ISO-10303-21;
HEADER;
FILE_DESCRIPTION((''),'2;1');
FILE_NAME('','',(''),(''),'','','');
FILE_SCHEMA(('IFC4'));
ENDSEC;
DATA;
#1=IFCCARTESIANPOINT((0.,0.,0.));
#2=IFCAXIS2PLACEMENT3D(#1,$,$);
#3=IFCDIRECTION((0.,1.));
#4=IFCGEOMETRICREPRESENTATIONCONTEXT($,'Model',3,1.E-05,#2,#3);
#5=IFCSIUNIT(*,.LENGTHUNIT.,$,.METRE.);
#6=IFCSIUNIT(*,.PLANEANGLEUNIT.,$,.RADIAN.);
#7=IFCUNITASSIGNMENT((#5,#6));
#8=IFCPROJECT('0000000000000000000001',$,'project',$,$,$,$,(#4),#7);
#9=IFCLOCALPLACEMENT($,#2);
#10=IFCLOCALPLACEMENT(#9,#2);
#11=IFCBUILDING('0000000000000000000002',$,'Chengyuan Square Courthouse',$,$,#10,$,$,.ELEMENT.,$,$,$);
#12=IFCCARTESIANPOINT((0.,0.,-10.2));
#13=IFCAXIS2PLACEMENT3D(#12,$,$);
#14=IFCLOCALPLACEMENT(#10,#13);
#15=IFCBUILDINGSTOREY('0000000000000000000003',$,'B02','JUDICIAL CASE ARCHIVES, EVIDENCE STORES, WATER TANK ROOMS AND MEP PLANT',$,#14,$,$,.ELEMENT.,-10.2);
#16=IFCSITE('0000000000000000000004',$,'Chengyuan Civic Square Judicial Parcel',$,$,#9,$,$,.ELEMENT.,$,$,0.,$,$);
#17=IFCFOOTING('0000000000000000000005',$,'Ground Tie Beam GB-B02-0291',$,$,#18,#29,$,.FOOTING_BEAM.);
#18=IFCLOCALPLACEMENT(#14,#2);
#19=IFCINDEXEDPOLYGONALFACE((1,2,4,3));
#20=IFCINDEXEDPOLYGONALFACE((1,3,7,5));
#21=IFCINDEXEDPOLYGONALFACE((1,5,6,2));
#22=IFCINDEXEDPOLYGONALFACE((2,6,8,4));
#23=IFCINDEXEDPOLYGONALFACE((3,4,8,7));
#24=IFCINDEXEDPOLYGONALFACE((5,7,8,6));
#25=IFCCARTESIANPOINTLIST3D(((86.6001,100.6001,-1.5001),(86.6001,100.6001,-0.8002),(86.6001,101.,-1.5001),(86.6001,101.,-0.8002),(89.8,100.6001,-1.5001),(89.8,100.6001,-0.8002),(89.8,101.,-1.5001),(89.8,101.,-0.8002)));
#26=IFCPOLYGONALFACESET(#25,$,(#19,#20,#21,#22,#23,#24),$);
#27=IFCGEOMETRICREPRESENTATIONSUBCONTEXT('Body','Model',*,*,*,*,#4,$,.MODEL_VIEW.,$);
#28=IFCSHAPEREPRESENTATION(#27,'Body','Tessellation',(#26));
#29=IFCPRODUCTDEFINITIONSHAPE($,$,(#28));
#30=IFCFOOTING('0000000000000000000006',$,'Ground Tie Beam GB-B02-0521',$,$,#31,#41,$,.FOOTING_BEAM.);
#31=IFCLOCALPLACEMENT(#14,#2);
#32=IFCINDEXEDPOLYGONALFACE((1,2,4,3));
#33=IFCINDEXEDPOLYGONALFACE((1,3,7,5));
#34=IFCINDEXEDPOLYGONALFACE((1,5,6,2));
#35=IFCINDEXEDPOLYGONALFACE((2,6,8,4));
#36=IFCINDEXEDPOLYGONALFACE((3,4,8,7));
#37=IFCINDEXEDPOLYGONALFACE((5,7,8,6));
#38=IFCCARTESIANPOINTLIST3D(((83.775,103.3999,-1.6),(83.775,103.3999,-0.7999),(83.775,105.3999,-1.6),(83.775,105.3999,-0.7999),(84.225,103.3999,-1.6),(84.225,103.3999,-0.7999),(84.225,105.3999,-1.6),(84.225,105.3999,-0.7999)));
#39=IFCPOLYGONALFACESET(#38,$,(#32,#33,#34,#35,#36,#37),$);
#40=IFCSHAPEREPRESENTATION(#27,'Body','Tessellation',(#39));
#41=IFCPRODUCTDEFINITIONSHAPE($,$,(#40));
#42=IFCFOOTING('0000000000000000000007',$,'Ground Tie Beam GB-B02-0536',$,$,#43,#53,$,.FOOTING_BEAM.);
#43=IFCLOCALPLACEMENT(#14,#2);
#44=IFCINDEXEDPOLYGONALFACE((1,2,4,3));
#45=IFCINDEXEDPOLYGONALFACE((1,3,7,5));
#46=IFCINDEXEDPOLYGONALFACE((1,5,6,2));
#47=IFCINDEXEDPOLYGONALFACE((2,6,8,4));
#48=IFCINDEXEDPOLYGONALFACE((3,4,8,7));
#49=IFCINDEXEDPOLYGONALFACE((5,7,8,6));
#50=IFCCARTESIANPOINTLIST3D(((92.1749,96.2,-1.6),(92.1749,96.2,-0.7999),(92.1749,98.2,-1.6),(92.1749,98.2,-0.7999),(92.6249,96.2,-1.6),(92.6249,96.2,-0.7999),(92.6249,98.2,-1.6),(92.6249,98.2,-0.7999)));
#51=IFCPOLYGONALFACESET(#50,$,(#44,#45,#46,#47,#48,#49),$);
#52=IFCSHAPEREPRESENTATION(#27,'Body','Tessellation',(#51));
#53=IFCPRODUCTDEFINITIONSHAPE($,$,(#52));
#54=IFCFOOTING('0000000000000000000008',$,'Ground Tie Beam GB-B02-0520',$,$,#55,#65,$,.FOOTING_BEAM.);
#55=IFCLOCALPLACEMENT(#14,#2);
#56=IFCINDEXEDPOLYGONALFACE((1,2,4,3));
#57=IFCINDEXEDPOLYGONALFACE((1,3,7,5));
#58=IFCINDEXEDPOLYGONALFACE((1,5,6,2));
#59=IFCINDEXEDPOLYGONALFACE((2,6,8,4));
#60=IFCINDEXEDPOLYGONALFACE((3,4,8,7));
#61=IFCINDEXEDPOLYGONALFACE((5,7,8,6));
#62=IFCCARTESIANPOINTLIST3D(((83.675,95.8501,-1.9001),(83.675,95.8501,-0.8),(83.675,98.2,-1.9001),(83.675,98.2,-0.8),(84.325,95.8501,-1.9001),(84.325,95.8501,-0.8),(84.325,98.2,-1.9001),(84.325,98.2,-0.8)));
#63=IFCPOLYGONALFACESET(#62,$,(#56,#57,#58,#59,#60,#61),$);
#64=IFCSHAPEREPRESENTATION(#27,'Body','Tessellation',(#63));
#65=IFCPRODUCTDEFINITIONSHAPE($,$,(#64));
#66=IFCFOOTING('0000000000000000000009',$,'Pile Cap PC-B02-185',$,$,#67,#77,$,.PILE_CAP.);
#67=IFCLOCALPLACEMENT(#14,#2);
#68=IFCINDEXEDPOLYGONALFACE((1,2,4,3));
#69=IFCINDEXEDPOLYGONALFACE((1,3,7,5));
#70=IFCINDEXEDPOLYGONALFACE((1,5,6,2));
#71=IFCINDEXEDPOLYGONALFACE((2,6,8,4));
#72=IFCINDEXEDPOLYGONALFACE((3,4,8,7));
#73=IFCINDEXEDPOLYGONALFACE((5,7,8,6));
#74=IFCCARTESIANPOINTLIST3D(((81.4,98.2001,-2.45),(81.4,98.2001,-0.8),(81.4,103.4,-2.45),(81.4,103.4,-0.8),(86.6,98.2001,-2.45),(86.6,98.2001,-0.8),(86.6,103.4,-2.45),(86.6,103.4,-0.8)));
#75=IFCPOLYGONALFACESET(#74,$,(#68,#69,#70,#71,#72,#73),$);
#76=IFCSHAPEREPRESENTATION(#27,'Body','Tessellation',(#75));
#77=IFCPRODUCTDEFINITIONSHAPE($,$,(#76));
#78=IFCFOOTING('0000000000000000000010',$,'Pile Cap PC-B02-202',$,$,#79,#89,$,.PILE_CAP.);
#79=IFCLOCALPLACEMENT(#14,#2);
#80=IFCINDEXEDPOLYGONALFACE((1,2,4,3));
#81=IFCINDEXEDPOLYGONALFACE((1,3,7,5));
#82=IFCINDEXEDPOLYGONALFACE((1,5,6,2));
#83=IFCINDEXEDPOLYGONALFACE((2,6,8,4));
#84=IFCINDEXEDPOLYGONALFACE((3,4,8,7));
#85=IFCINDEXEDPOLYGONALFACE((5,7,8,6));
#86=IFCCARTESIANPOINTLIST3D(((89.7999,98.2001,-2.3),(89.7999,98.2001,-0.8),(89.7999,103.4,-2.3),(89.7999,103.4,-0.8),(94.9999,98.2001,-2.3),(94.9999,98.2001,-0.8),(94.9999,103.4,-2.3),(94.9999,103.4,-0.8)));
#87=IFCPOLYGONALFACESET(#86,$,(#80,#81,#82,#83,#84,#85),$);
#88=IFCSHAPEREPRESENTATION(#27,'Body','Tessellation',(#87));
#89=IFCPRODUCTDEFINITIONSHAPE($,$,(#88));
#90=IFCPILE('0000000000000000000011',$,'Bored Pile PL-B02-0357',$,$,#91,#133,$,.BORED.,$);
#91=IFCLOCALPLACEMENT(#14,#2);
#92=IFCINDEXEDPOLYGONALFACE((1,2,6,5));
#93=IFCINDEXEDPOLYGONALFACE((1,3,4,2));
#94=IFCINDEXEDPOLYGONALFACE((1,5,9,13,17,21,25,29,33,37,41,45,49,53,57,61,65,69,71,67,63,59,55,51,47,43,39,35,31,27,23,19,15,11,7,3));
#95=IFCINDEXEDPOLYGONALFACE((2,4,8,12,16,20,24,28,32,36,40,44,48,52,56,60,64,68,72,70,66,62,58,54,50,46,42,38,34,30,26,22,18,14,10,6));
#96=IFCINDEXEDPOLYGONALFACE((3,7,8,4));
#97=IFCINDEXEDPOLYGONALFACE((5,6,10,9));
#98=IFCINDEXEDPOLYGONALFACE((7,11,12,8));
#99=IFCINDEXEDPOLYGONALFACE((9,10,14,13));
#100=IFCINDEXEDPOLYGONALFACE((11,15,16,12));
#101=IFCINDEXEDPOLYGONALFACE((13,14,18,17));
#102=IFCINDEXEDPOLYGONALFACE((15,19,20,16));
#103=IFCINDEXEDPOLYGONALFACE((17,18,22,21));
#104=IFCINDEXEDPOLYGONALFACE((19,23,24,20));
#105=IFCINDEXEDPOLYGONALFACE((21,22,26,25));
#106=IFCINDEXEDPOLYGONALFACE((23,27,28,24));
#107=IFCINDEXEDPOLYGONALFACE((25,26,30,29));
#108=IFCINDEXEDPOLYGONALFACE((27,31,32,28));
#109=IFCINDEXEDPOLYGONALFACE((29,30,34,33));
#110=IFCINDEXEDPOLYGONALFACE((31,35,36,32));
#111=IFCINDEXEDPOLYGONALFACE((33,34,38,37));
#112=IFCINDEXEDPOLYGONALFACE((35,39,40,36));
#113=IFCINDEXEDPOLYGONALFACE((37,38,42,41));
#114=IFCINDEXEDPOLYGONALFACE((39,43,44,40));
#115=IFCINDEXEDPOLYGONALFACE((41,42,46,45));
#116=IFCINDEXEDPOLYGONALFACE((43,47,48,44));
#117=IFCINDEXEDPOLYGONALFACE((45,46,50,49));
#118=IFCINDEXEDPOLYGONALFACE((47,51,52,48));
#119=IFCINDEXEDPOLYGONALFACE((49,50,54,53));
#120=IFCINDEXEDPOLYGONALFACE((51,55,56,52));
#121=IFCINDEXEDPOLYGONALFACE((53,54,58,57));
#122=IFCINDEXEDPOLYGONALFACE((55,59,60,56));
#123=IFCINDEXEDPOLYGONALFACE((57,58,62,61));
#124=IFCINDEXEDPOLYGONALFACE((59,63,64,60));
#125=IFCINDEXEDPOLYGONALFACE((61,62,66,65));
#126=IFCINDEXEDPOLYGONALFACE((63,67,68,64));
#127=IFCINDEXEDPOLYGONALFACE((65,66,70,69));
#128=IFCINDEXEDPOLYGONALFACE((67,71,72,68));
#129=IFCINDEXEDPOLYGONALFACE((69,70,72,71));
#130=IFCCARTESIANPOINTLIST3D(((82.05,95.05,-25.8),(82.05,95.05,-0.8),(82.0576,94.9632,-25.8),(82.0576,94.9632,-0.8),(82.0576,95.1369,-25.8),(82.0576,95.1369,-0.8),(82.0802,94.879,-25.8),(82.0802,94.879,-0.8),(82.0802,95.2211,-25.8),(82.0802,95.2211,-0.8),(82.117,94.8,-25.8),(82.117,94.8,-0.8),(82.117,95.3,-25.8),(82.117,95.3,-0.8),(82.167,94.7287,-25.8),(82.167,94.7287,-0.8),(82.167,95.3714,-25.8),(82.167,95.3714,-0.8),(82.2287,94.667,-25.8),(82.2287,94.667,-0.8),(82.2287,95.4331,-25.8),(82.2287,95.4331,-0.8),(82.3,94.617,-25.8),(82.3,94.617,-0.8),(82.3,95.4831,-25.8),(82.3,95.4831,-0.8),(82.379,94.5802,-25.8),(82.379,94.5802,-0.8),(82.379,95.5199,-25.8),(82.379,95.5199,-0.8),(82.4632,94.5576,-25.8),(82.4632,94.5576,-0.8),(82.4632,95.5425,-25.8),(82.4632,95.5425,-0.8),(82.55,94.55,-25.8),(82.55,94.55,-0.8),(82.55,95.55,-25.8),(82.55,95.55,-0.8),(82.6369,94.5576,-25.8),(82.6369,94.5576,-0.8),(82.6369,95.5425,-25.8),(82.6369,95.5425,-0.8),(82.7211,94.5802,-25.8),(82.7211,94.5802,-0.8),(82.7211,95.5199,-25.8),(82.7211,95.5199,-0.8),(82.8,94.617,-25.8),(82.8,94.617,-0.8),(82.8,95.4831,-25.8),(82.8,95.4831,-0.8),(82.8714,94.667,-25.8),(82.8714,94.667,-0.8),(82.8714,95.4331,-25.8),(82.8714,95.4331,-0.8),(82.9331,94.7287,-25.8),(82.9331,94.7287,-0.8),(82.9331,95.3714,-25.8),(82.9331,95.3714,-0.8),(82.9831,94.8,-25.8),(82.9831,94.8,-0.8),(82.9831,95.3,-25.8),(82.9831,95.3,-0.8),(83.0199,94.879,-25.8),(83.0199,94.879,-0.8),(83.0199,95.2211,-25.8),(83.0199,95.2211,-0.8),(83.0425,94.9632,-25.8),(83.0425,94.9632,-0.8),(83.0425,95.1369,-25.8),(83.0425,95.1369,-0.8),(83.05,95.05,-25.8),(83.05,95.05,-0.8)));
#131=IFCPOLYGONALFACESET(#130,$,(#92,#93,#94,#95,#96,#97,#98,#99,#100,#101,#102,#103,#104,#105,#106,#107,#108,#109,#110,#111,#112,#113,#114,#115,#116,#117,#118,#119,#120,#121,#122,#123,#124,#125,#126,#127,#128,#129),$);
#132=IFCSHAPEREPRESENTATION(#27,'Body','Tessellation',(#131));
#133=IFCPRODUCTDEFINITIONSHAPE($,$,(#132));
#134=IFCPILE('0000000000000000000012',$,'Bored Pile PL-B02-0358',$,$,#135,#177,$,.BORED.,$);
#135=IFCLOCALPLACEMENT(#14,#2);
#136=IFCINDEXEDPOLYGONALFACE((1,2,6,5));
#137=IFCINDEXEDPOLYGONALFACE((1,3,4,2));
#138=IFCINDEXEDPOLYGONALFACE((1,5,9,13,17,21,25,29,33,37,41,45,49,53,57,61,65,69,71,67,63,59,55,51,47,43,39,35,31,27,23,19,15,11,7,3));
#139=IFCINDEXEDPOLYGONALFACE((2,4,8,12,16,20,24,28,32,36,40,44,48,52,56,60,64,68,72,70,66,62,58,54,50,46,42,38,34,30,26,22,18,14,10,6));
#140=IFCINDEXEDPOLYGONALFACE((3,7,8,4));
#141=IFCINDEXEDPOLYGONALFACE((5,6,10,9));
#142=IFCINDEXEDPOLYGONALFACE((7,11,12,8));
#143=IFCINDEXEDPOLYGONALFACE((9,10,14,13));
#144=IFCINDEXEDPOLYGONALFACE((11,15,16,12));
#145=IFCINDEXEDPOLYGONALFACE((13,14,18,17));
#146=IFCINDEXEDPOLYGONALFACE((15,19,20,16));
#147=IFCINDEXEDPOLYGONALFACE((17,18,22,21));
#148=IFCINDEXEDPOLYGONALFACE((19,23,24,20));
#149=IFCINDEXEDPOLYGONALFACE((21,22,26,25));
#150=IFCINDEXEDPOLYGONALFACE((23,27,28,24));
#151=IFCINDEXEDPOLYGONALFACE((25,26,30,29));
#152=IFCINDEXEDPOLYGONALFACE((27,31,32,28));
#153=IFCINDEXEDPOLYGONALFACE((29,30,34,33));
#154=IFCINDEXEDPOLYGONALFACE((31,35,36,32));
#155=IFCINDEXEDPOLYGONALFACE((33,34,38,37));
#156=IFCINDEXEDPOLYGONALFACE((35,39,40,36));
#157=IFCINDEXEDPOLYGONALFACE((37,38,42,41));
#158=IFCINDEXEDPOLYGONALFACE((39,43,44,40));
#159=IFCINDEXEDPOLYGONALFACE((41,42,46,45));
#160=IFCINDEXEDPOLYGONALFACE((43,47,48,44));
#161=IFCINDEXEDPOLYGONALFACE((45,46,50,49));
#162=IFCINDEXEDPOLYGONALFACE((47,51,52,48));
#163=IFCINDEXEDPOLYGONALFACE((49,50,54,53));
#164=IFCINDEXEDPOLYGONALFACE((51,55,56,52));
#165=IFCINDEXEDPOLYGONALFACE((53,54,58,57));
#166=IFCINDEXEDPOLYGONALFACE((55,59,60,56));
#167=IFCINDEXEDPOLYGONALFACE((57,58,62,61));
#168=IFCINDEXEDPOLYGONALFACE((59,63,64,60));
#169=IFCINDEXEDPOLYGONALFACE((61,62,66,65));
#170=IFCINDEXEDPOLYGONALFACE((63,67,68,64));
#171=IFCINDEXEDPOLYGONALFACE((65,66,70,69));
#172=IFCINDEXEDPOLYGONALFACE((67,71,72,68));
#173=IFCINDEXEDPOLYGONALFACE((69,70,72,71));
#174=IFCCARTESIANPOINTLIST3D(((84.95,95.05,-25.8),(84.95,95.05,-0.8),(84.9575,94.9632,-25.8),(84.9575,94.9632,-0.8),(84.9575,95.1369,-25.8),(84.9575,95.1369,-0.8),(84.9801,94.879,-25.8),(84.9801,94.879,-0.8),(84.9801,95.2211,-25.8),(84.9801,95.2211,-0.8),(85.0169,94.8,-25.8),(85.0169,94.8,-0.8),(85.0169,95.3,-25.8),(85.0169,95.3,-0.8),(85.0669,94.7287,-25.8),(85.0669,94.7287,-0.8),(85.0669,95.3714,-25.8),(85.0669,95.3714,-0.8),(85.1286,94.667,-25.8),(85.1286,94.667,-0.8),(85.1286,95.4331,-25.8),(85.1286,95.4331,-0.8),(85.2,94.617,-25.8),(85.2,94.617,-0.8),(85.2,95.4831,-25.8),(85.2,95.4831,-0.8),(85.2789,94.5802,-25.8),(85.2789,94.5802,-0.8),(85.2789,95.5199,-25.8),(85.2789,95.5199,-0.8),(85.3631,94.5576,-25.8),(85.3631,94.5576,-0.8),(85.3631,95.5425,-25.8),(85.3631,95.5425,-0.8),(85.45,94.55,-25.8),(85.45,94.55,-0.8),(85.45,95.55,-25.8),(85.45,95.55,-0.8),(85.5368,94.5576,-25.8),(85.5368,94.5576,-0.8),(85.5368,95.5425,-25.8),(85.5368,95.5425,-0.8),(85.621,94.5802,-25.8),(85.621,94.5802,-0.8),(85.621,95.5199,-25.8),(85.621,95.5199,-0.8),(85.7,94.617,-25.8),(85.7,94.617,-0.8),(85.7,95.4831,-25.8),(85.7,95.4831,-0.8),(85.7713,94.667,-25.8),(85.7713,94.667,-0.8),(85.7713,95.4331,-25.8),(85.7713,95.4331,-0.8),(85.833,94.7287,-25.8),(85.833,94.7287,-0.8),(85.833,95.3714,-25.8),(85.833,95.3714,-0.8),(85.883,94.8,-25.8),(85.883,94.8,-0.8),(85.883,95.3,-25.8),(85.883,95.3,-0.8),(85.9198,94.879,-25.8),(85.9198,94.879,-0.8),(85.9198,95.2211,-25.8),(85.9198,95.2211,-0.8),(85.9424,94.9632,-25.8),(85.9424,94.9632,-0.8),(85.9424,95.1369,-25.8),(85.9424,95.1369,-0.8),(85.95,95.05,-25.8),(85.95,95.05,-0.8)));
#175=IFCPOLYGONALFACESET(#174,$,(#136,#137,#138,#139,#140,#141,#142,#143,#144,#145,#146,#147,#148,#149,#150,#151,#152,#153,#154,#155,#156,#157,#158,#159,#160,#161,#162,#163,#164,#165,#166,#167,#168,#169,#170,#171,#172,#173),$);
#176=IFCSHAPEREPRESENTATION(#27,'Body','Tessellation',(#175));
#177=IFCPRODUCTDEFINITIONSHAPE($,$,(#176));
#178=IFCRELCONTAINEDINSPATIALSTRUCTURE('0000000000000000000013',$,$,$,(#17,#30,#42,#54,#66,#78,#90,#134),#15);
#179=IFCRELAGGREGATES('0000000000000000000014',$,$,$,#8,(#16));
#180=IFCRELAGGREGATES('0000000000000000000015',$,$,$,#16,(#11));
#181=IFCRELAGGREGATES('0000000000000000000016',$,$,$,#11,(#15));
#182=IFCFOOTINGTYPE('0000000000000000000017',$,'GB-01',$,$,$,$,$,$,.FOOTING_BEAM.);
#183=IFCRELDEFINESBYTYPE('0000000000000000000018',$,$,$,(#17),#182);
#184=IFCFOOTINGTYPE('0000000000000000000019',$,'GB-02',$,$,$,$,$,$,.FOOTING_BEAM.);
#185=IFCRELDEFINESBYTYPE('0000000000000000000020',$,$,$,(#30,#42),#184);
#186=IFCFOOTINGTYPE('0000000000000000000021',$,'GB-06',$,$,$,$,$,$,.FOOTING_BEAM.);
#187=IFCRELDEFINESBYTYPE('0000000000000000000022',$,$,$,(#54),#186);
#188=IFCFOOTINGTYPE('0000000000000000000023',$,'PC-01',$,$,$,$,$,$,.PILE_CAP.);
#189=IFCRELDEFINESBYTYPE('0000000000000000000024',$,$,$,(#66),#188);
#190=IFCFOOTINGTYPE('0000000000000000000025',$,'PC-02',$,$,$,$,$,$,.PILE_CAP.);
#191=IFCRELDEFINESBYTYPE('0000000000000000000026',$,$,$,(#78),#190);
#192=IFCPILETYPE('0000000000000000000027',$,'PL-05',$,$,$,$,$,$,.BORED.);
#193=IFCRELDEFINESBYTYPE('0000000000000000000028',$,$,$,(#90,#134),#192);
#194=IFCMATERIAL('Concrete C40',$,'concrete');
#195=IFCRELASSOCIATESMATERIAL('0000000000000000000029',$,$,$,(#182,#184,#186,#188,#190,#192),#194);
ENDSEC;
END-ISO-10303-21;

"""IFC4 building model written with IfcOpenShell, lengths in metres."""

from ifc_helpers import new_model, si_unit, direction, frame, origin, origin_2d, place, context, subcontext, project, spatial, rectangle, circle, extrude, material, material_profile, profile_set, type_object, element, save


model = new_model("IFC4")

# Units and contexts
model_context = context("Model", 3, precision=1e-05, world=origin(), true_north=direction((0.0, 1.0)))
body_context = subcontext(model_context, "Body", "Model", "MODEL_VIEW")
ifc_project = project(units=[si_unit("LENGTHUNIT", "METRE"), si_unit("PLANEANGLEUNIT", "RADIAN")], contexts=[model_context])

# Site, building, storey
site_placement = place(None, origin())
site = spatial("IfcSite", under=ifc_project, at=site_placement, Name="Chengyuan Civic Square Judicial Parcel", CompositionType="ELEMENT", RefElevation=0.0)
building_placement = place(site_placement, origin())
building = spatial("IfcBuilding", under=site, at=building_placement, Name="Chengyuan Square Courthouse", CompositionType="ELEMENT")
storey_placement = place(building_placement, frame((0.0, 0.0, -10.2)))
storey = spatial("IfcBuildingStorey", under=building, at=storey_placement, Name="B02", Description="JUDICIAL CASE ARCHIVES, EVIDENCE STORES, WATER TANK ROOMS AND MEP PLANT", CompositionType="ELEMENT", Elevation=-10.2)

# Footings
ifc_material_1 = material(Name="Concrete C40", Category="concrete")
ifc_material_profile_1 = material_profile(ifc_material_1, rectangle(XDim=0.3999, YDim=0.7, at=origin_2d()), Name="GB-400x700")
ifc_profile_set_1 = profile_set([ifc_material_profile_1], Name="Concrete C40")
footing_type_1 = type_object("IfcFootingType", Name="GB-01", PredefinedType="FOOTING_BEAM", material=ifc_profile_set_1)
footing_1_placement = place(storey_placement, frame((86.6001, 100.8, -1.1501), z_axis=(1.0, 0.0, 0.0), x_axis=(0.0, 1.0, 0.0)))
element("IfcFooting", 1, at=footing_1_placement, inside=storey, type_object=footing_type_1, Name="Ground Tie Beam GB-B02-0291", PredefinedType="FOOTING_BEAM", context=body_context, shape_type="SweptSolid", body=[
    extrude(rectangle(XDim=0.3999, YDim=0.7, at=origin_2d()), origin(), (0.0, 0.0, 1.0), 3.2),
])
ifc_material_profile_2 = material_profile(ifc_material_1, rectangle(XDim=0.45, YDim=0.8, at=origin_2d()), Name="GB-450x800")
ifc_profile_set_2 = profile_set([ifc_material_profile_2], Name="Concrete C40")
footing_type_2 = type_object("IfcFootingType", Name="GB-02", PredefinedType="FOOTING_BEAM", material=ifc_profile_set_2)
for number, where, z_axis, x_axis, name in (
    (2, (84.0, 103.3999, -1.2), (0.0, 1.0, 0.0), (-1.0, 0.0, 0.0), "Ground Tie Beam GB-B02-0521"),
    (3, (92.3999, 96.2, -1.2), (0.0, 1.0, 0.0), (-1.0, 0.0, 0.0), "Ground Tie Beam GB-B02-0536"),
):
    element("IfcFooting", number, at=place(storey_placement, frame(where, z_axis=z_axis, x_axis=x_axis)), inside=storey, type_object=footing_type_2, Name=name, PredefinedType="FOOTING_BEAM", context=body_context, shape_type="SweptSolid", body=[
        extrude(rectangle(XDim=0.45, YDim=0.8, at=origin_2d()), origin(), (0.0, 0.0, 1.0), 2.0),
    ])
ifc_material_profile_3 = material_profile(ifc_material_1, rectangle(XDim=0.6499, YDim=1.1001, at=origin_2d()), Name="GB-650x1100")
ifc_profile_set_3 = profile_set([ifc_material_profile_3], Name="Concrete C40")
footing_type_3 = type_object("IfcFootingType", Name="GB-06", PredefinedType="FOOTING_BEAM", material=ifc_profile_set_3)
footing_2_placement = place(storey_placement, frame((84.0, 95.8501, -1.3501), z_axis=(0.0, 1.0, 0.0), x_axis=(-1.0, 0.0, 0.0)))
element("IfcFooting", 4, at=footing_2_placement, inside=storey, type_object=footing_type_3, Name="Ground Tie Beam GB-B02-0520", PredefinedType="FOOTING_BEAM", context=body_context, shape_type="SweptSolid", body=[
    extrude(rectangle(XDim=0.6499, YDim=1.1001, at=origin_2d()), origin(), (0.0, 0.0, 1.0), 2.3499),
])
footing_type_4 = type_object("IfcFootingType", Name="PC-01", PredefinedType="PILE_CAP", material=ifc_material_1)
footing_3_placement = place(storey_placement, frame((84.0, 100.8, -2.45), z_axis=(0.0, 0.0, 1.0), x_axis=(1.0, 0.0, 0.0)))
element("IfcFooting", 5, at=footing_3_placement, inside=storey, type_object=footing_type_4, Name="Pile Cap PC-B02-185", PredefinedType="PILE_CAP", context=body_context, shape_type="SweptSolid", body=[
    extrude(rectangle(XDim=5.2, YDim=5.2, at=origin_2d()), origin(), (0.0, 0.0, 1.0), 1.6499),
])
footing_type_5 = type_object("IfcFootingType", Name="PC-02", PredefinedType="PILE_CAP", material=ifc_material_1)
footing_4_placement = place(storey_placement, frame((92.3999, 100.8, -2.3), z_axis=(0.0, 0.0, 1.0), x_axis=(1.0, 0.0, 0.0)))
element("IfcFooting", 6, at=footing_4_placement, inside=storey, type_object=footing_type_5, Name="Pile Cap PC-B02-202", PredefinedType="PILE_CAP", context=body_context, shape_type="SweptSolid", body=[
    extrude(rectangle(XDim=5.2, YDim=5.2, at=origin_2d()), origin(), (0.0, 0.0, 1.0), 1.5),
])

# Piles
ifc_material_profile_4 = material_profile(ifc_material_1, circle(Radius=0.5, at=origin_2d()), Name="BORED PILE D1000")
ifc_profile_set_4 = profile_set([ifc_material_profile_4], Name="Concrete C40")
pile_type_1 = type_object("IfcPileType", Name="PL-05", PredefinedType="BORED", material=ifc_profile_set_4)
for number, where, z_axis, x_axis, name in (
    (7, (82.55, 95.05, -0.8), (0.0, 0.0, -1.0), (1.0, 0.0, 0.0), "Bored Pile PL-B02-0357"),
    (8, (85.45, 95.05, -0.8), (0.0, 0.0, -1.0), (1.0, 0.0, 0.0), "Bored Pile PL-B02-0358"),
):
    element("IfcPile", number, at=place(storey_placement, frame(where, z_axis=z_axis, x_axis=x_axis)), inside=storey, type_object=pile_type_1, Name=name, PredefinedType="BORED", context=body_context, shape_type="SweptSolid", body=[
        extrude(circle(Radius=0.5, at=origin_2d()), origin(), (0.0, 0.0, 1.0), 25.0),
    ])

save(model, "model.ifc")
